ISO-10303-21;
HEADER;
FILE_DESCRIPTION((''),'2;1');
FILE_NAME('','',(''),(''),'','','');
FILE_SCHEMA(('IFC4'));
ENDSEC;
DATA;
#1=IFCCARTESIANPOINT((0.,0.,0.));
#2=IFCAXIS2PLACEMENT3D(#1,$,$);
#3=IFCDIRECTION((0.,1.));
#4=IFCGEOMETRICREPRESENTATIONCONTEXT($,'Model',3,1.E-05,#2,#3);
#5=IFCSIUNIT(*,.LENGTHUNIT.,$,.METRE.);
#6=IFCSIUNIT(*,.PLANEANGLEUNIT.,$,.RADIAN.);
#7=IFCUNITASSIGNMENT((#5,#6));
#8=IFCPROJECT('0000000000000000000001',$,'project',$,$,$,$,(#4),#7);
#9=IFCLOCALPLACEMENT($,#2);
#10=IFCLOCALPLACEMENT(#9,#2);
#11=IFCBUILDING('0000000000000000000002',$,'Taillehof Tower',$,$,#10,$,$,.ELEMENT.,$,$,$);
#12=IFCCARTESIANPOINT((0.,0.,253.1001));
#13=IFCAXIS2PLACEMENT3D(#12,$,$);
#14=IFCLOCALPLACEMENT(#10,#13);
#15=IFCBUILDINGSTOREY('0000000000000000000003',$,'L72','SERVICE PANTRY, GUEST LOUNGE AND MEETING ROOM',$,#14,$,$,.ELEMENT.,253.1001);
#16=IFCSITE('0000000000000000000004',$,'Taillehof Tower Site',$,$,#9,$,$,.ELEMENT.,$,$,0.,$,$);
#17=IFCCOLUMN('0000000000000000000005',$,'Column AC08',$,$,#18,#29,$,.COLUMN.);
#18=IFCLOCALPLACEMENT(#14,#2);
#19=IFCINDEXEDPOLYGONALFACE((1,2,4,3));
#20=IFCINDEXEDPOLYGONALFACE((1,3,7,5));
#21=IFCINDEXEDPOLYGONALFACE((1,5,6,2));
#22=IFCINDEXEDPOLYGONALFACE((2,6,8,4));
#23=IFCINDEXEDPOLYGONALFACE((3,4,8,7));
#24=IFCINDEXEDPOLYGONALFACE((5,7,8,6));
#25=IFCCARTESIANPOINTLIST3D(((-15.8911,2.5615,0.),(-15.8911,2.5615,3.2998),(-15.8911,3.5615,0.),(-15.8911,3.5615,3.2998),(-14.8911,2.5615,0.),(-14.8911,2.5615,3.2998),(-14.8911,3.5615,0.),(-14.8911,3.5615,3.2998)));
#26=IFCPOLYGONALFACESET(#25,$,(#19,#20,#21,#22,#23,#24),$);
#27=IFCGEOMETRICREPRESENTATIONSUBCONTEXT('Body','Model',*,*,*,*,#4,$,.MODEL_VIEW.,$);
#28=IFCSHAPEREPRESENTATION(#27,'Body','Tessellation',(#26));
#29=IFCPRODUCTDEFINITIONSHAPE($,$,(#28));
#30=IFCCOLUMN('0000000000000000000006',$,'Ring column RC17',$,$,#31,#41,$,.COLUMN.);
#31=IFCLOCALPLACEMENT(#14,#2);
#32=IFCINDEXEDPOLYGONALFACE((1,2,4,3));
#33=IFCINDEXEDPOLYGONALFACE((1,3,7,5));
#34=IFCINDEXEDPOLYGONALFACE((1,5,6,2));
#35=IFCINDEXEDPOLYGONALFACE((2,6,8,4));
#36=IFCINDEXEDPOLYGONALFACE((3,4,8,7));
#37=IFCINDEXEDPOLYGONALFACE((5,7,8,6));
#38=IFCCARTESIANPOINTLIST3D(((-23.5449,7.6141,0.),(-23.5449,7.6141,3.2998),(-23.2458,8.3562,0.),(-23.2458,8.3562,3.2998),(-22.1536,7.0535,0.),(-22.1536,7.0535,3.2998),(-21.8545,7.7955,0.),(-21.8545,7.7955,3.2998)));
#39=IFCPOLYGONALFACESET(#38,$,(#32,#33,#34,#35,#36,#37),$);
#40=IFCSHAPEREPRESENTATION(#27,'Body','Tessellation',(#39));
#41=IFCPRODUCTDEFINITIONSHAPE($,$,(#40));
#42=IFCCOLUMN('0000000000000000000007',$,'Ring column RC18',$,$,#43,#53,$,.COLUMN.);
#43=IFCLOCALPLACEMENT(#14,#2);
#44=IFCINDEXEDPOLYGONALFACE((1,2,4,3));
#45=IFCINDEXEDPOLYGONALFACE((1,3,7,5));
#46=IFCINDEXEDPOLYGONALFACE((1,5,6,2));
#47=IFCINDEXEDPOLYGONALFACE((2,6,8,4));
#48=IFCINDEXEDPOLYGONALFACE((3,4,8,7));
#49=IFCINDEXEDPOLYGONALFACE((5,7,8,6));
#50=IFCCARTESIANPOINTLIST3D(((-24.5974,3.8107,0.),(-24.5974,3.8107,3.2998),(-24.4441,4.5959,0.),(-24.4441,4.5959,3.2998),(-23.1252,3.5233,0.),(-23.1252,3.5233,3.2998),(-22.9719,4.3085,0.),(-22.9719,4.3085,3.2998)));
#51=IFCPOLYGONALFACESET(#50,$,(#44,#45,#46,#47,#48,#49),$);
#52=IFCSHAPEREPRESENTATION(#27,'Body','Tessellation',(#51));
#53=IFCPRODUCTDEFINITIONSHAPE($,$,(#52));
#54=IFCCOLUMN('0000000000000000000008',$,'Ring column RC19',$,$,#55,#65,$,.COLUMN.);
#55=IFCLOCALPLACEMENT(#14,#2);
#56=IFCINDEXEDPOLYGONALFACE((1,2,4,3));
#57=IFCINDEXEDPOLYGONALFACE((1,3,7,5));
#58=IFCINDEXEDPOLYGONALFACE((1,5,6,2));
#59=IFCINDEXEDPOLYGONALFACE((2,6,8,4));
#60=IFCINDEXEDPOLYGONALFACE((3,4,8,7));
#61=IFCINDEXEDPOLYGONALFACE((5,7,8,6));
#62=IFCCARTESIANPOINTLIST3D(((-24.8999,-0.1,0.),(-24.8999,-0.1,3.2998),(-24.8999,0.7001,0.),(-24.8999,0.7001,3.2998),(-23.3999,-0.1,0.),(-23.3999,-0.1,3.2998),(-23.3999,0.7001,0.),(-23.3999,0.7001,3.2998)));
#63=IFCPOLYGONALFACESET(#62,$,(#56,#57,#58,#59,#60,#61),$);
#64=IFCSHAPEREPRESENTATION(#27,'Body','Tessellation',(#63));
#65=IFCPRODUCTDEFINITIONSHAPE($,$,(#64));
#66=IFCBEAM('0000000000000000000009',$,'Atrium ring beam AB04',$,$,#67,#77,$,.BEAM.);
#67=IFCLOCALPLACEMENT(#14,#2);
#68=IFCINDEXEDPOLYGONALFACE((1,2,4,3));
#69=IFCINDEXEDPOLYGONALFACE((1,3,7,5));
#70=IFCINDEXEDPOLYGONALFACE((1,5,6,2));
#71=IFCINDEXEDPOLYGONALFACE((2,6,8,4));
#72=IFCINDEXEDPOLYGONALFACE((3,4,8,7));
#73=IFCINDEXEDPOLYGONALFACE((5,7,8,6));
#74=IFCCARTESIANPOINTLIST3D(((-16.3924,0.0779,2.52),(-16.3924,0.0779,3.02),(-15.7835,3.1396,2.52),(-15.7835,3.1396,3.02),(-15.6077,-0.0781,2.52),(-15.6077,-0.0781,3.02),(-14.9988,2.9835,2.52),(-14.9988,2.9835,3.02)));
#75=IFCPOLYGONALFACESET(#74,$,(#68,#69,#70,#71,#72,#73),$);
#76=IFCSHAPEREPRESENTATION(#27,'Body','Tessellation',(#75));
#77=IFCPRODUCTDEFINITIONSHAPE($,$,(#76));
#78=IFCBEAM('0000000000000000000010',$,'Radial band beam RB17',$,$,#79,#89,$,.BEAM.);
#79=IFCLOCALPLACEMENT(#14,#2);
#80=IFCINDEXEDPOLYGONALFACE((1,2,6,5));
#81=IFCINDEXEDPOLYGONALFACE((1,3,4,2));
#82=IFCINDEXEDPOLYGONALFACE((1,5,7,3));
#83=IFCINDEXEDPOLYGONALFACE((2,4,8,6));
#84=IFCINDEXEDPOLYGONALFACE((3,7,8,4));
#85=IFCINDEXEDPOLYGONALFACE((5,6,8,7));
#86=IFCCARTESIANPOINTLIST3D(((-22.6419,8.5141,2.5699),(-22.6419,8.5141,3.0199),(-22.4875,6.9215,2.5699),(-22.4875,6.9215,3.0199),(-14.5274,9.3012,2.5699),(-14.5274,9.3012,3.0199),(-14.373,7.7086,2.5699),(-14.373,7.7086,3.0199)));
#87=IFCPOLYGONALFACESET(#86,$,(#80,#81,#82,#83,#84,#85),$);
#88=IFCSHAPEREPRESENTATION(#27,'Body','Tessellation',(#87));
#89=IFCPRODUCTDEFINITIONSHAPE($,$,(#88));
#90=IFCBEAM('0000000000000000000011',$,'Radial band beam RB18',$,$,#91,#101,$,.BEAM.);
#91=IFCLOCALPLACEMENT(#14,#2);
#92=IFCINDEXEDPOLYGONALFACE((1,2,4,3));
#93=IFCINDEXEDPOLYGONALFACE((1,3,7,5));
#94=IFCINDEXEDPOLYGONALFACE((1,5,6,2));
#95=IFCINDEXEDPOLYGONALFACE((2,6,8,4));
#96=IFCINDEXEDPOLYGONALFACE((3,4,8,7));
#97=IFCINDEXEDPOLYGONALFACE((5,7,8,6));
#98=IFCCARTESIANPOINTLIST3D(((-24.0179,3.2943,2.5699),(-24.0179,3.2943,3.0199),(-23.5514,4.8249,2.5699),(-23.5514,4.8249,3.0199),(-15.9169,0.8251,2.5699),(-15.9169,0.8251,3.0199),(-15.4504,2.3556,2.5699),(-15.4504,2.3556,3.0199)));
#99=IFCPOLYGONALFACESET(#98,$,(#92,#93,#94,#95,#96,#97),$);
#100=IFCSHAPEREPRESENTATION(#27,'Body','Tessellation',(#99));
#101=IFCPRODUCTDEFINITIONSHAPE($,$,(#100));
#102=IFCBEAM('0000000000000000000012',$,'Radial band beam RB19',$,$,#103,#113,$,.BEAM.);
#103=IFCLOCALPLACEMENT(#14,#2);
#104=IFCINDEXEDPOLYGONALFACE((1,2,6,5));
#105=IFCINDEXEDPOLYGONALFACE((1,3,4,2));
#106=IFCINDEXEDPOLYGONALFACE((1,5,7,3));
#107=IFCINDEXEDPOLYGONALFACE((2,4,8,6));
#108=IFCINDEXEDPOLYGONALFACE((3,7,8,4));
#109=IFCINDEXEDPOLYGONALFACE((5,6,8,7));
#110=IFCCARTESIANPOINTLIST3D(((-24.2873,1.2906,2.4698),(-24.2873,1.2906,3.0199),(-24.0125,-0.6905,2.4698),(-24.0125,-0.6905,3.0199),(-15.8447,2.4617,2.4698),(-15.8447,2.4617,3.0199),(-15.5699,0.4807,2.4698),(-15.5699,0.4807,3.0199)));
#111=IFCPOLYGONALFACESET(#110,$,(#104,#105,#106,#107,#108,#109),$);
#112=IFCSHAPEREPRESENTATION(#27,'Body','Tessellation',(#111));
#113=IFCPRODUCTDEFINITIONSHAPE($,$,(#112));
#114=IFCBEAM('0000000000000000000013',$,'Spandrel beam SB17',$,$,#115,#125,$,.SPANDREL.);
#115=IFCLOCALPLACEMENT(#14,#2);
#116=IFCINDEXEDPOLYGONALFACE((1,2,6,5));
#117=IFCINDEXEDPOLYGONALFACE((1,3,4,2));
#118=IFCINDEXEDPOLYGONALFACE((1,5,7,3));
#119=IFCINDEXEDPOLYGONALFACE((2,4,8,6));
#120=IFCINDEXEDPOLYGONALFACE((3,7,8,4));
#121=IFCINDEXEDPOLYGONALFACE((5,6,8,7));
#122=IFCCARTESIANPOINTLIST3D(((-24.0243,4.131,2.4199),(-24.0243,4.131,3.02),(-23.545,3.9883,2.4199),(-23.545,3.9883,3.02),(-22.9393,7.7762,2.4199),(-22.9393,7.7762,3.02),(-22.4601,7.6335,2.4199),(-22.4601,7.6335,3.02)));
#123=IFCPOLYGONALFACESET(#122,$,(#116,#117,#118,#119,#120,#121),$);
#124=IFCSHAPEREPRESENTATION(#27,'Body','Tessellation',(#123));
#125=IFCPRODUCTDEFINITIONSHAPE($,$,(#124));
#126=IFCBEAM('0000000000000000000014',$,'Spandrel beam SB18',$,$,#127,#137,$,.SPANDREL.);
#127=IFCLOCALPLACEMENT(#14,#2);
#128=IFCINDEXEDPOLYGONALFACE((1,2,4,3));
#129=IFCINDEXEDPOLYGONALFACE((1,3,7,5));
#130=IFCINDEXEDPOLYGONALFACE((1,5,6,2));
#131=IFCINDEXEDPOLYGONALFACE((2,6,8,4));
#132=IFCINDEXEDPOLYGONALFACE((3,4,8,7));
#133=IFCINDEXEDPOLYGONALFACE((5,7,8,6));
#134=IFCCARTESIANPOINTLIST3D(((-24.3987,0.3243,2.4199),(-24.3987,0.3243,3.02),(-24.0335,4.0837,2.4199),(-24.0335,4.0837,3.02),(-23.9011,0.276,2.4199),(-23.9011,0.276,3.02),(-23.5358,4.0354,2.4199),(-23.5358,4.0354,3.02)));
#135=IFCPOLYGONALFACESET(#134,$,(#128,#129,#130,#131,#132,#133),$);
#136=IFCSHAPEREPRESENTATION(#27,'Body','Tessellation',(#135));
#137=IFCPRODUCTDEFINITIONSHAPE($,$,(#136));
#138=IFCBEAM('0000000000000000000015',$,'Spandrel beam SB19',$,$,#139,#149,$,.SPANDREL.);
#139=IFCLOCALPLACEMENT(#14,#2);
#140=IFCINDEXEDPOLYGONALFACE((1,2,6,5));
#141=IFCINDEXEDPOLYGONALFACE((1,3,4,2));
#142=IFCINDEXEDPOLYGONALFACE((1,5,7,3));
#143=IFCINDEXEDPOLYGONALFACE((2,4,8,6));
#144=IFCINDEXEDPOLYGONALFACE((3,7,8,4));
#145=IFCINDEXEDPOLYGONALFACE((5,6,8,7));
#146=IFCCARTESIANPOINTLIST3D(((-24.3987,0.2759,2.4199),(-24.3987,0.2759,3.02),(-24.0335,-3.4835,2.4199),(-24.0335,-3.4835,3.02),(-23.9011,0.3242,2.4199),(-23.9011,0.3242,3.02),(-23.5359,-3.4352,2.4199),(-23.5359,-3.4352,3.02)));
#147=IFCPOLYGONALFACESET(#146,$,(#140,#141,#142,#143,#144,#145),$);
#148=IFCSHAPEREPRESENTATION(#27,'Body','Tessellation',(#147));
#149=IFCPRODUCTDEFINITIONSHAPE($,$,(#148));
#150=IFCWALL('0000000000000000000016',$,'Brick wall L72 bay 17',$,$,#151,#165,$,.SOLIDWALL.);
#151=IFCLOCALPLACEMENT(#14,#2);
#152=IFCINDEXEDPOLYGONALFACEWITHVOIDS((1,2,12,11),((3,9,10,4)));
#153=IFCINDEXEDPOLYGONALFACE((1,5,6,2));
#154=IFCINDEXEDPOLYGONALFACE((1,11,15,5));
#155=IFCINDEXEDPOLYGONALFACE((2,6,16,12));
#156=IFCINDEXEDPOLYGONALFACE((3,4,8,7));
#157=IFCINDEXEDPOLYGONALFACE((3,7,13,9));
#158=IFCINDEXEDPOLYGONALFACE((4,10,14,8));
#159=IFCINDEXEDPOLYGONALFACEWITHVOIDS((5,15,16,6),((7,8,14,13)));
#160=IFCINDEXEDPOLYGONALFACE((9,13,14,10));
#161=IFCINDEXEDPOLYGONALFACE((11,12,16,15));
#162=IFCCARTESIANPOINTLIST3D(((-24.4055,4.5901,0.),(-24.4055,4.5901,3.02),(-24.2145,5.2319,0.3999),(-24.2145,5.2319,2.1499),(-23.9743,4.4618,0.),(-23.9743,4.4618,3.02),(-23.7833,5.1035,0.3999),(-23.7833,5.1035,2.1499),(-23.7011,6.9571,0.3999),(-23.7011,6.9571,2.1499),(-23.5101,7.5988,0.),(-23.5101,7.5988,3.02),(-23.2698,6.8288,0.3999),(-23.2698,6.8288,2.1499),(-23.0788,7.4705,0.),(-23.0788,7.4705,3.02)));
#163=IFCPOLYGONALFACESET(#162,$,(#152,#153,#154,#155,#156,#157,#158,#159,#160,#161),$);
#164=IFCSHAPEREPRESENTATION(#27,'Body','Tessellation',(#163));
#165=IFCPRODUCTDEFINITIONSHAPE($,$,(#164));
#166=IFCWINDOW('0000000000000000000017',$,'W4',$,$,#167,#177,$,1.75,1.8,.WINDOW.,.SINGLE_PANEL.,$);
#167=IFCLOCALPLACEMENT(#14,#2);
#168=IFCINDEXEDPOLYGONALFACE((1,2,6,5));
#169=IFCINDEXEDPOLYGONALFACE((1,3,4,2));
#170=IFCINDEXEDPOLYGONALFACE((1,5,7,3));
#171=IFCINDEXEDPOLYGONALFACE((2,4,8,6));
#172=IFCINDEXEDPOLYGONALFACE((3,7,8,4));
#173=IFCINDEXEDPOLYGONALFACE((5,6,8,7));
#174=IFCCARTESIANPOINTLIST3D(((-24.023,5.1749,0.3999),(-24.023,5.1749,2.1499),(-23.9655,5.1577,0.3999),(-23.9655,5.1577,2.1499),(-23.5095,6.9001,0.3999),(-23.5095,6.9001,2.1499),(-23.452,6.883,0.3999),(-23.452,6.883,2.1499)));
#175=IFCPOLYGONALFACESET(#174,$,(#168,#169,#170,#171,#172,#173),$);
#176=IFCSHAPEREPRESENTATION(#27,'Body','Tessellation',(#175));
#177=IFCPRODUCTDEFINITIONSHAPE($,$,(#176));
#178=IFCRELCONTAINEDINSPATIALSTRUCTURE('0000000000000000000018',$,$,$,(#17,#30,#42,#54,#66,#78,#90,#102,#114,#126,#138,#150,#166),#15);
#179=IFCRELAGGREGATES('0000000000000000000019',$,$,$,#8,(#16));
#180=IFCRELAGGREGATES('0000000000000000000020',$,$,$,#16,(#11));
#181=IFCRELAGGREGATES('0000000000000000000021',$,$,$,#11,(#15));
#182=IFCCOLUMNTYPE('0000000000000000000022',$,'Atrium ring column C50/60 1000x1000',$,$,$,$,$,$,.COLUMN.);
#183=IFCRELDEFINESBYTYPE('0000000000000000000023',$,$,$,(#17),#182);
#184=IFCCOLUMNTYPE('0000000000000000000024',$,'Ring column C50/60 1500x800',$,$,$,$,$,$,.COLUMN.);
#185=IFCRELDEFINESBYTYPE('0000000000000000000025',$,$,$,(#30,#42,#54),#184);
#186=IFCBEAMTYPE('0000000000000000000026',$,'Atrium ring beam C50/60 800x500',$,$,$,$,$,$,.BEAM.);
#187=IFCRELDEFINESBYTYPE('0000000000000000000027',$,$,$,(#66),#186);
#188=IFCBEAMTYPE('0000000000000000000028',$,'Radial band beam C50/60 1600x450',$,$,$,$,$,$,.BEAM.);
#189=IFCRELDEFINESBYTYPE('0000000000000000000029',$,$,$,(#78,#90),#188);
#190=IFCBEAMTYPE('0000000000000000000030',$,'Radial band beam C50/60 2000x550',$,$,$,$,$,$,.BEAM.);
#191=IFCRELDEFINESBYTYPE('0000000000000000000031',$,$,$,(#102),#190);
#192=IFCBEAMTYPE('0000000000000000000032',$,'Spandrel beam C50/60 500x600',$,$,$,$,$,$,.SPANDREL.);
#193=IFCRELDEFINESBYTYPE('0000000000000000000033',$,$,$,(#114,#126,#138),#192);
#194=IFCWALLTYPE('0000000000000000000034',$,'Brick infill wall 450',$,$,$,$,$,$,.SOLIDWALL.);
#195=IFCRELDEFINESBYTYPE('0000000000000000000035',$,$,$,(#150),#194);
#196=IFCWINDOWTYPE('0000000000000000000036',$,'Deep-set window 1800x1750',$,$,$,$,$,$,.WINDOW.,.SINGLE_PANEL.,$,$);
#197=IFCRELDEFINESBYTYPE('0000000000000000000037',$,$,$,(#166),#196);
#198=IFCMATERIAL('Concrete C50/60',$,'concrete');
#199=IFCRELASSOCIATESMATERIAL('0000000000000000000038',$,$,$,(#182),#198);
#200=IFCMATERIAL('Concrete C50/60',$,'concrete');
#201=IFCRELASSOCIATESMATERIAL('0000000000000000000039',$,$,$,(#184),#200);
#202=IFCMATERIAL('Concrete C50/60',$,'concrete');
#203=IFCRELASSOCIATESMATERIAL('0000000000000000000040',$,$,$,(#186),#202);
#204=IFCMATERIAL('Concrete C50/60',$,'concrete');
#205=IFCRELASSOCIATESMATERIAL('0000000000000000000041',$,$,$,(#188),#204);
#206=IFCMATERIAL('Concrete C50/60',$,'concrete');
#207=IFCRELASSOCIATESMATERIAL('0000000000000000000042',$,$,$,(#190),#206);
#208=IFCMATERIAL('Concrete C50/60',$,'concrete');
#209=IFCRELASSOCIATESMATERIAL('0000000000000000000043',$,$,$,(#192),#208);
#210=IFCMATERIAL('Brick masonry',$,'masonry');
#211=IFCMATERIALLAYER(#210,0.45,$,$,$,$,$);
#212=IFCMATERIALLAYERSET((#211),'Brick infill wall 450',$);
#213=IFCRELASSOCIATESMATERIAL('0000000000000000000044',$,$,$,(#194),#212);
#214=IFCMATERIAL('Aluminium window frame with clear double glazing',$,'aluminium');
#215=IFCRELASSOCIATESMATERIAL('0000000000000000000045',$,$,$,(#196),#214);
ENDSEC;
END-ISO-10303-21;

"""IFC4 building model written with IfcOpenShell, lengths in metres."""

from ifc_helpers import new_model, si_unit, direction, frame, frame_2d, origin, origin_2d, place, context, subcontext, project, spatial, rectangle, extrude, material, layer, layer_set, material_profile, profile_set, type_object, element, fill, save


model = new_model("IFC4")

# Units and contexts
model_context = context("Model", 3, precision=1e-05, world=origin(), true_north=direction((0.0, 1.0)))
body_context = subcontext(model_context, "Body", "Model", "MODEL_VIEW")
ifc_project = project(units=[si_unit("LENGTHUNIT", "METRE"), si_unit("PLANEANGLEUNIT", "RADIAN")], contexts=[model_context])

# Site, building, storey
site_placement = place(None, origin())
site = spatial("IfcSite", under=ifc_project, at=site_placement, Name="Taillehof Tower Site", CompositionType="ELEMENT", RefElevation=0.0)
building_placement = place(site_placement, origin())
building = spatial("IfcBuilding", under=site, at=building_placement, Name="Taillehof Tower", CompositionType="ELEMENT")
storey_placement = place(building_placement, frame((0.0, 0.0, 253.1001)))
storey = spatial("IfcBuildingStorey", under=building, at=storey_placement, Name="L72", Description="SERVICE PANTRY, GUEST LOUNGE AND MEETING ROOM", CompositionType="ELEMENT", Elevation=253.1001)

# Columns
ifc_material_1 = material(Name="Concrete C50/60", Category="concrete")
ifc_material_profile_1 = material_profile(ifc_material_1, rectangle(XDim=1.0, YDim=1.0, at=origin_2d()), Name="RC 1000x1000")
ifc_profile_set_1 = profile_set([ifc_material_profile_1], Name="Concrete C50/60")
column_type_1 = type_object("IfcColumnType", Name="Atrium ring column C50/60 1000x1000", PredefinedType="COLUMN", material=ifc_profile_set_1)
column_placement = place(storey_placement, frame((-15.3911, 3.0615, 0.0), z_axis=(0.0, 0.0, 1.0), x_axis=(1.0, 0.0, 0.0)))
element("IfcColumn", 1, at=column_placement, inside=storey, type_object=column_type_1, Name="Column AC08", PredefinedType="COLUMN", context=body_context, shape_type="SweptSolid", body=[
    extrude(rectangle(XDim=1.0, YDim=1.0, at=origin_2d()), origin(), (0.0, 0.0, 1.0), 3.2998),
])
ifc_material_2 = material(Name="Concrete C50/60", Category="concrete")
ifc_material_profile_2 = material_profile(ifc_material_2, rectangle(XDim=1.5, YDim=0.8, at=origin_2d()), Name="RC 1500x800")
ifc_profile_set_2 = profile_set([ifc_material_profile_2], Name="Concrete C50/60")
column_type_2 = type_object("IfcColumnType", Name="Ring column C50/60 1500x800", PredefinedType="COLUMN", material=ifc_profile_set_2)
for number, where, z_axis, x_axis, name in (
    (2, (-22.6997, 7.7048, 0.0), (0.0, 0.0, 1.0), (-0.927525, 0.373762, 0.0), "Ring column RC17"),
    (3, (-23.7847, 4.0596, 0.0), (0.0, 0.0, 1.0), (-0.981473, 0.191602, 0.0), "Ring column RC18"),
    (4, (-24.1499, 0.3, 0.0), (0.0, 0.0, 1.0), (-1.0, 0.0, 0.0), "Ring column RC19"),
):
    element("IfcColumn", number, at=place(storey_placement, frame(where, z_axis=z_axis, x_axis=x_axis)), inside=storey, type_object=column_type_2, Name=name, PredefinedType="COLUMN", context=body_context, shape_type="SweptSolid", body=[
        extrude(rectangle(XDim=1.5, YDim=0.8, at=origin_2d()), origin(), (0.0, 0.0, 1.0), 3.2998),
    ])

# Beams
ifc_material_3 = material(Name="Concrete C50/60", Category="concrete")
ifc_material_profile_3 = material_profile(ifc_material_3, rectangle(XDim=0.8, YDim=0.5, at=origin_2d()), Name="RC 800x500")
ifc_profile_set_3 = profile_set([ifc_material_profile_3], Name="Concrete C50/60")
beam_type_1 = type_object("IfcBeamType", Name="Atrium ring beam C50/60 800x500", PredefinedType="BEAM", material=ifc_profile_set_3)
beam_1_placement = place(storey_placement, frame((-15.3911, 3.0615, 2.77), z_axis=(-0.195063, -0.980791, 0.0), x_axis=(0.980791, -0.195063, 0.0)))
element("IfcBeam", 5, at=beam_1_placement, inside=storey, type_object=beam_type_1, Name="Atrium ring beam AB04", PredefinedType="BEAM", context=body_context, shape_type="SweptSolid", body=[
    extrude(rectangle(XDim=0.8, YDim=0.5, at=origin_2d()), origin(), (0.0, 0.0, 1.0), 3.1216),
])
ifc_material_4 = material(Name="Concrete C50/60", Category="concrete")
ifc_material_profile_4 = material_profile(ifc_material_4, rectangle(XDim=1.6001, YDim=0.45, at=origin_2d()), Name="RC 1600x450")
ifc_profile_set_4 = profile_set([ifc_material_profile_4], Name="Concrete C50/60")
beam_type_2 = type_object("IfcBeamType", Name="Radial band beam C50/60 1600x450", PredefinedType="BEAM", material=ifc_profile_set_4)
beam_2_placement = place(storey_placement, frame((-22.5647, 7.7178, 2.7949), z_axis=(0.995328, 0.096547, 0.0), x_axis=(-0.096547, 0.995328, 0.0)))
element("IfcBeam", 6, at=beam_2_placement, inside=storey, type_object=beam_type_2, Name="Radial band beam RB17", PredefinedType="BEAM", context=body_context, shape_type="SweptSolid", body=[
    extrude(rectangle(XDim=1.6001, YDim=0.45, at=origin_2d()), origin(), (0.0, 0.0, 1.0), 8.1526),
])
beam_3_placement = place(storey_placement, frame((-23.7847, 4.0596, 2.7949), z_axis=(0.956552, -0.291561, 0.0), x_axis=(0.291561, 0.956552, 0.0)))
element("IfcBeam", 7, at=beam_3_placement, inside=storey, type_object=beam_type_2, Name="Radial band beam RB18", PredefinedType="BEAM", context=body_context, shape_type="SweptSolid", body=[
    extrude(rectangle(XDim=1.6001, YDim=0.45, at=origin_2d()), origin(), (0.0, 0.0, 1.0), 8.469),
])
ifc_material_5 = material(Name="Concrete C50/60", Category="concrete")
ifc_material_profile_5 = material_profile(ifc_material_5, rectangle(XDim=2.0, YDim=0.55, at=origin_2d()), Name="RC 2000x550")
ifc_profile_set_5 = profile_set([ifc_material_profile_5], Name="Concrete C50/60")
beam_type_3 = type_object("IfcBeamType", Name="Radial band beam C50/60 2000x550", PredefinedType="BEAM", material=ifc_profile_set_5)
beam_4_placement = place(storey_placement, frame((-24.1499, 0.3, 2.7449), z_axis=(0.990515, 0.137402, 0.0), x_axis=(-0.137402, 0.990515, 0.0)))
element("IfcBeam", 8, at=beam_4_placement, inside=storey, type_object=beam_type_3, Name="Radial band beam RB19", PredefinedType="BEAM", context=body_context, shape_type="SweptSolid", body=[
    extrude(rectangle(XDim=2.0, YDim=0.55, at=origin_2d()), origin(), (0.0, 0.0, 1.0), 8.5234),
])
ifc_material_6 = material(Name="Concrete C50/60", Category="concrete")
ifc_material_profile_6 = material_profile(ifc_material_6, rectangle(XDim=0.5, YDim=0.6001, at=origin_2d()), Name="RC 500x600")
ifc_profile_set_6 = profile_set([ifc_material_profile_6], Name="Concrete C50/60")
beam_type_4 = type_object("IfcBeamType", Name="Spandrel beam C50/60 500x600", PredefinedType="SPANDREL", material=ifc_profile_set_6)
beam_5_placement = place(storey_placement, frame((-22.6997, 7.7048, 2.72), z_axis=(-0.285268, -0.958448, 0.0), x_axis=(0.958448, -0.285268, 0.0)))
element("IfcBeam", 9, at=beam_5_placement, inside=storey, type_object=beam_type_4, Name="Spandrel beam SB17", PredefinedType="SPANDREL", context=body_context, shape_type="SweptSolid", body=[
    extrude(rectangle(XDim=0.5, YDim=0.6001, at=origin_2d()), origin(), (0.0, 0.0, 1.0), 3.8032),
])
for number, where, z_axis, x_axis, name in (
    (10, (-23.7847, 4.0596, 2.72), (-0.096694, -0.995314, 0.0), (0.995314, -0.096694, 0.0), "Spandrel beam SB18"),
    (11, (-24.1499, 0.3, 2.72), (0.096694, -0.995314, 0.0), (0.995314, 0.096694, 0.0), "Spandrel beam SB19"),
):
    element("IfcBeam", number, at=place(storey_placement, frame(where, z_axis=z_axis, x_axis=x_axis)), inside=storey, type_object=beam_type_4, Name=name, PredefinedType="SPANDREL", context=body_context, shape_type="SweptSolid", body=[
        extrude(rectangle(XDim=0.5, YDim=0.6001, at=origin_2d()), origin(), (0.0, 0.0, 1.0), 3.7771),
    ])

# Wall, opening, window
ifc_material_7 = material(Name="Brick masonry", Category="masonry")
ifc_layer_1 = layer(ifc_material_7, 0.45)
ifc_layer_set_1 = layer_set([ifc_layer_1], Name="Brick infill wall 450")
wall_type_1 = type_object("IfcWallType", Name="Brick infill wall 450", PredefinedType="SOLIDWALL", material=ifc_layer_set_1)
wall_1_placement = place(storey_placement, frame((-23.2944, 7.5347, 0.0), z_axis=(0.0, 0.0, 1.0), x_axis=(-0.285264, -0.958449, 0.0)))
wall_1 = element("IfcWall", 12, at=wall_1_placement, inside=storey, type_object=wall_type_1, Name="Brick wall L72 bay 17", PredefinedType="SOLIDWALL", context=body_context, shape_type="SweptSolid", body=[
    extrude(rectangle(XDim=3.1392, YDim=0.45, at=frame_2d((1.5696, 0.0))), origin(), (0.0, 0.0, 1.0), 3.02),
])
opening_1_placement = place(wall_1_placement, frame((0.6697, 0.0, 0.3999)))
opening_1 = element("IfcOpeningElement", 13, at=opening_1_placement, cuts=wall_1, PredefinedType="OPENING", context=body_context, shape_type="SweptSolid", body=[
    extrude(rectangle(XDim=1.8, YDim=1.75, at=frame_2d((0.8999, 0.875))), frame((0.0, 0.2349, 0.0), z_axis=(0.0, -1.0, 0.0), x_axis=(1.0, 0.0, 0.0)), (0.0, 0.0, 1.0), 0.47),
])
ifc_material_8 = material(Name="Aluminium window frame with clear double glazing", Category="aluminium")
window_type = type_object("IfcWindowType", Name="Deep-set window 1800x1750", PartitioningType="SINGLE_PANEL", PredefinedType="WINDOW", material=ifc_material_8)
window_1_placement = place(opening_1_placement, origin())
window_1 = element("IfcWindow", 14, at=window_1_placement, inside=storey, type_object=window_type, Name="W4", OverallHeight=1.75, OverallWidth=1.8, PartitioningType="SINGLE_PANEL", PredefinedType="WINDOW", context=body_context, shape_type="SweptSolid", body=[
    extrude(rectangle(XDim=1.8, YDim=1.75, at=frame_2d((0.8999, 0.875))), frame((0.0, 0.0349, 0.0), z_axis=(0.0, -1.0, 0.0), x_axis=(1.0, 0.0, 0.0)), (0.0, 0.0, 1.0), 0.0601),
])
fill(opening_1, window_1)

save(model, "model.ifc")
